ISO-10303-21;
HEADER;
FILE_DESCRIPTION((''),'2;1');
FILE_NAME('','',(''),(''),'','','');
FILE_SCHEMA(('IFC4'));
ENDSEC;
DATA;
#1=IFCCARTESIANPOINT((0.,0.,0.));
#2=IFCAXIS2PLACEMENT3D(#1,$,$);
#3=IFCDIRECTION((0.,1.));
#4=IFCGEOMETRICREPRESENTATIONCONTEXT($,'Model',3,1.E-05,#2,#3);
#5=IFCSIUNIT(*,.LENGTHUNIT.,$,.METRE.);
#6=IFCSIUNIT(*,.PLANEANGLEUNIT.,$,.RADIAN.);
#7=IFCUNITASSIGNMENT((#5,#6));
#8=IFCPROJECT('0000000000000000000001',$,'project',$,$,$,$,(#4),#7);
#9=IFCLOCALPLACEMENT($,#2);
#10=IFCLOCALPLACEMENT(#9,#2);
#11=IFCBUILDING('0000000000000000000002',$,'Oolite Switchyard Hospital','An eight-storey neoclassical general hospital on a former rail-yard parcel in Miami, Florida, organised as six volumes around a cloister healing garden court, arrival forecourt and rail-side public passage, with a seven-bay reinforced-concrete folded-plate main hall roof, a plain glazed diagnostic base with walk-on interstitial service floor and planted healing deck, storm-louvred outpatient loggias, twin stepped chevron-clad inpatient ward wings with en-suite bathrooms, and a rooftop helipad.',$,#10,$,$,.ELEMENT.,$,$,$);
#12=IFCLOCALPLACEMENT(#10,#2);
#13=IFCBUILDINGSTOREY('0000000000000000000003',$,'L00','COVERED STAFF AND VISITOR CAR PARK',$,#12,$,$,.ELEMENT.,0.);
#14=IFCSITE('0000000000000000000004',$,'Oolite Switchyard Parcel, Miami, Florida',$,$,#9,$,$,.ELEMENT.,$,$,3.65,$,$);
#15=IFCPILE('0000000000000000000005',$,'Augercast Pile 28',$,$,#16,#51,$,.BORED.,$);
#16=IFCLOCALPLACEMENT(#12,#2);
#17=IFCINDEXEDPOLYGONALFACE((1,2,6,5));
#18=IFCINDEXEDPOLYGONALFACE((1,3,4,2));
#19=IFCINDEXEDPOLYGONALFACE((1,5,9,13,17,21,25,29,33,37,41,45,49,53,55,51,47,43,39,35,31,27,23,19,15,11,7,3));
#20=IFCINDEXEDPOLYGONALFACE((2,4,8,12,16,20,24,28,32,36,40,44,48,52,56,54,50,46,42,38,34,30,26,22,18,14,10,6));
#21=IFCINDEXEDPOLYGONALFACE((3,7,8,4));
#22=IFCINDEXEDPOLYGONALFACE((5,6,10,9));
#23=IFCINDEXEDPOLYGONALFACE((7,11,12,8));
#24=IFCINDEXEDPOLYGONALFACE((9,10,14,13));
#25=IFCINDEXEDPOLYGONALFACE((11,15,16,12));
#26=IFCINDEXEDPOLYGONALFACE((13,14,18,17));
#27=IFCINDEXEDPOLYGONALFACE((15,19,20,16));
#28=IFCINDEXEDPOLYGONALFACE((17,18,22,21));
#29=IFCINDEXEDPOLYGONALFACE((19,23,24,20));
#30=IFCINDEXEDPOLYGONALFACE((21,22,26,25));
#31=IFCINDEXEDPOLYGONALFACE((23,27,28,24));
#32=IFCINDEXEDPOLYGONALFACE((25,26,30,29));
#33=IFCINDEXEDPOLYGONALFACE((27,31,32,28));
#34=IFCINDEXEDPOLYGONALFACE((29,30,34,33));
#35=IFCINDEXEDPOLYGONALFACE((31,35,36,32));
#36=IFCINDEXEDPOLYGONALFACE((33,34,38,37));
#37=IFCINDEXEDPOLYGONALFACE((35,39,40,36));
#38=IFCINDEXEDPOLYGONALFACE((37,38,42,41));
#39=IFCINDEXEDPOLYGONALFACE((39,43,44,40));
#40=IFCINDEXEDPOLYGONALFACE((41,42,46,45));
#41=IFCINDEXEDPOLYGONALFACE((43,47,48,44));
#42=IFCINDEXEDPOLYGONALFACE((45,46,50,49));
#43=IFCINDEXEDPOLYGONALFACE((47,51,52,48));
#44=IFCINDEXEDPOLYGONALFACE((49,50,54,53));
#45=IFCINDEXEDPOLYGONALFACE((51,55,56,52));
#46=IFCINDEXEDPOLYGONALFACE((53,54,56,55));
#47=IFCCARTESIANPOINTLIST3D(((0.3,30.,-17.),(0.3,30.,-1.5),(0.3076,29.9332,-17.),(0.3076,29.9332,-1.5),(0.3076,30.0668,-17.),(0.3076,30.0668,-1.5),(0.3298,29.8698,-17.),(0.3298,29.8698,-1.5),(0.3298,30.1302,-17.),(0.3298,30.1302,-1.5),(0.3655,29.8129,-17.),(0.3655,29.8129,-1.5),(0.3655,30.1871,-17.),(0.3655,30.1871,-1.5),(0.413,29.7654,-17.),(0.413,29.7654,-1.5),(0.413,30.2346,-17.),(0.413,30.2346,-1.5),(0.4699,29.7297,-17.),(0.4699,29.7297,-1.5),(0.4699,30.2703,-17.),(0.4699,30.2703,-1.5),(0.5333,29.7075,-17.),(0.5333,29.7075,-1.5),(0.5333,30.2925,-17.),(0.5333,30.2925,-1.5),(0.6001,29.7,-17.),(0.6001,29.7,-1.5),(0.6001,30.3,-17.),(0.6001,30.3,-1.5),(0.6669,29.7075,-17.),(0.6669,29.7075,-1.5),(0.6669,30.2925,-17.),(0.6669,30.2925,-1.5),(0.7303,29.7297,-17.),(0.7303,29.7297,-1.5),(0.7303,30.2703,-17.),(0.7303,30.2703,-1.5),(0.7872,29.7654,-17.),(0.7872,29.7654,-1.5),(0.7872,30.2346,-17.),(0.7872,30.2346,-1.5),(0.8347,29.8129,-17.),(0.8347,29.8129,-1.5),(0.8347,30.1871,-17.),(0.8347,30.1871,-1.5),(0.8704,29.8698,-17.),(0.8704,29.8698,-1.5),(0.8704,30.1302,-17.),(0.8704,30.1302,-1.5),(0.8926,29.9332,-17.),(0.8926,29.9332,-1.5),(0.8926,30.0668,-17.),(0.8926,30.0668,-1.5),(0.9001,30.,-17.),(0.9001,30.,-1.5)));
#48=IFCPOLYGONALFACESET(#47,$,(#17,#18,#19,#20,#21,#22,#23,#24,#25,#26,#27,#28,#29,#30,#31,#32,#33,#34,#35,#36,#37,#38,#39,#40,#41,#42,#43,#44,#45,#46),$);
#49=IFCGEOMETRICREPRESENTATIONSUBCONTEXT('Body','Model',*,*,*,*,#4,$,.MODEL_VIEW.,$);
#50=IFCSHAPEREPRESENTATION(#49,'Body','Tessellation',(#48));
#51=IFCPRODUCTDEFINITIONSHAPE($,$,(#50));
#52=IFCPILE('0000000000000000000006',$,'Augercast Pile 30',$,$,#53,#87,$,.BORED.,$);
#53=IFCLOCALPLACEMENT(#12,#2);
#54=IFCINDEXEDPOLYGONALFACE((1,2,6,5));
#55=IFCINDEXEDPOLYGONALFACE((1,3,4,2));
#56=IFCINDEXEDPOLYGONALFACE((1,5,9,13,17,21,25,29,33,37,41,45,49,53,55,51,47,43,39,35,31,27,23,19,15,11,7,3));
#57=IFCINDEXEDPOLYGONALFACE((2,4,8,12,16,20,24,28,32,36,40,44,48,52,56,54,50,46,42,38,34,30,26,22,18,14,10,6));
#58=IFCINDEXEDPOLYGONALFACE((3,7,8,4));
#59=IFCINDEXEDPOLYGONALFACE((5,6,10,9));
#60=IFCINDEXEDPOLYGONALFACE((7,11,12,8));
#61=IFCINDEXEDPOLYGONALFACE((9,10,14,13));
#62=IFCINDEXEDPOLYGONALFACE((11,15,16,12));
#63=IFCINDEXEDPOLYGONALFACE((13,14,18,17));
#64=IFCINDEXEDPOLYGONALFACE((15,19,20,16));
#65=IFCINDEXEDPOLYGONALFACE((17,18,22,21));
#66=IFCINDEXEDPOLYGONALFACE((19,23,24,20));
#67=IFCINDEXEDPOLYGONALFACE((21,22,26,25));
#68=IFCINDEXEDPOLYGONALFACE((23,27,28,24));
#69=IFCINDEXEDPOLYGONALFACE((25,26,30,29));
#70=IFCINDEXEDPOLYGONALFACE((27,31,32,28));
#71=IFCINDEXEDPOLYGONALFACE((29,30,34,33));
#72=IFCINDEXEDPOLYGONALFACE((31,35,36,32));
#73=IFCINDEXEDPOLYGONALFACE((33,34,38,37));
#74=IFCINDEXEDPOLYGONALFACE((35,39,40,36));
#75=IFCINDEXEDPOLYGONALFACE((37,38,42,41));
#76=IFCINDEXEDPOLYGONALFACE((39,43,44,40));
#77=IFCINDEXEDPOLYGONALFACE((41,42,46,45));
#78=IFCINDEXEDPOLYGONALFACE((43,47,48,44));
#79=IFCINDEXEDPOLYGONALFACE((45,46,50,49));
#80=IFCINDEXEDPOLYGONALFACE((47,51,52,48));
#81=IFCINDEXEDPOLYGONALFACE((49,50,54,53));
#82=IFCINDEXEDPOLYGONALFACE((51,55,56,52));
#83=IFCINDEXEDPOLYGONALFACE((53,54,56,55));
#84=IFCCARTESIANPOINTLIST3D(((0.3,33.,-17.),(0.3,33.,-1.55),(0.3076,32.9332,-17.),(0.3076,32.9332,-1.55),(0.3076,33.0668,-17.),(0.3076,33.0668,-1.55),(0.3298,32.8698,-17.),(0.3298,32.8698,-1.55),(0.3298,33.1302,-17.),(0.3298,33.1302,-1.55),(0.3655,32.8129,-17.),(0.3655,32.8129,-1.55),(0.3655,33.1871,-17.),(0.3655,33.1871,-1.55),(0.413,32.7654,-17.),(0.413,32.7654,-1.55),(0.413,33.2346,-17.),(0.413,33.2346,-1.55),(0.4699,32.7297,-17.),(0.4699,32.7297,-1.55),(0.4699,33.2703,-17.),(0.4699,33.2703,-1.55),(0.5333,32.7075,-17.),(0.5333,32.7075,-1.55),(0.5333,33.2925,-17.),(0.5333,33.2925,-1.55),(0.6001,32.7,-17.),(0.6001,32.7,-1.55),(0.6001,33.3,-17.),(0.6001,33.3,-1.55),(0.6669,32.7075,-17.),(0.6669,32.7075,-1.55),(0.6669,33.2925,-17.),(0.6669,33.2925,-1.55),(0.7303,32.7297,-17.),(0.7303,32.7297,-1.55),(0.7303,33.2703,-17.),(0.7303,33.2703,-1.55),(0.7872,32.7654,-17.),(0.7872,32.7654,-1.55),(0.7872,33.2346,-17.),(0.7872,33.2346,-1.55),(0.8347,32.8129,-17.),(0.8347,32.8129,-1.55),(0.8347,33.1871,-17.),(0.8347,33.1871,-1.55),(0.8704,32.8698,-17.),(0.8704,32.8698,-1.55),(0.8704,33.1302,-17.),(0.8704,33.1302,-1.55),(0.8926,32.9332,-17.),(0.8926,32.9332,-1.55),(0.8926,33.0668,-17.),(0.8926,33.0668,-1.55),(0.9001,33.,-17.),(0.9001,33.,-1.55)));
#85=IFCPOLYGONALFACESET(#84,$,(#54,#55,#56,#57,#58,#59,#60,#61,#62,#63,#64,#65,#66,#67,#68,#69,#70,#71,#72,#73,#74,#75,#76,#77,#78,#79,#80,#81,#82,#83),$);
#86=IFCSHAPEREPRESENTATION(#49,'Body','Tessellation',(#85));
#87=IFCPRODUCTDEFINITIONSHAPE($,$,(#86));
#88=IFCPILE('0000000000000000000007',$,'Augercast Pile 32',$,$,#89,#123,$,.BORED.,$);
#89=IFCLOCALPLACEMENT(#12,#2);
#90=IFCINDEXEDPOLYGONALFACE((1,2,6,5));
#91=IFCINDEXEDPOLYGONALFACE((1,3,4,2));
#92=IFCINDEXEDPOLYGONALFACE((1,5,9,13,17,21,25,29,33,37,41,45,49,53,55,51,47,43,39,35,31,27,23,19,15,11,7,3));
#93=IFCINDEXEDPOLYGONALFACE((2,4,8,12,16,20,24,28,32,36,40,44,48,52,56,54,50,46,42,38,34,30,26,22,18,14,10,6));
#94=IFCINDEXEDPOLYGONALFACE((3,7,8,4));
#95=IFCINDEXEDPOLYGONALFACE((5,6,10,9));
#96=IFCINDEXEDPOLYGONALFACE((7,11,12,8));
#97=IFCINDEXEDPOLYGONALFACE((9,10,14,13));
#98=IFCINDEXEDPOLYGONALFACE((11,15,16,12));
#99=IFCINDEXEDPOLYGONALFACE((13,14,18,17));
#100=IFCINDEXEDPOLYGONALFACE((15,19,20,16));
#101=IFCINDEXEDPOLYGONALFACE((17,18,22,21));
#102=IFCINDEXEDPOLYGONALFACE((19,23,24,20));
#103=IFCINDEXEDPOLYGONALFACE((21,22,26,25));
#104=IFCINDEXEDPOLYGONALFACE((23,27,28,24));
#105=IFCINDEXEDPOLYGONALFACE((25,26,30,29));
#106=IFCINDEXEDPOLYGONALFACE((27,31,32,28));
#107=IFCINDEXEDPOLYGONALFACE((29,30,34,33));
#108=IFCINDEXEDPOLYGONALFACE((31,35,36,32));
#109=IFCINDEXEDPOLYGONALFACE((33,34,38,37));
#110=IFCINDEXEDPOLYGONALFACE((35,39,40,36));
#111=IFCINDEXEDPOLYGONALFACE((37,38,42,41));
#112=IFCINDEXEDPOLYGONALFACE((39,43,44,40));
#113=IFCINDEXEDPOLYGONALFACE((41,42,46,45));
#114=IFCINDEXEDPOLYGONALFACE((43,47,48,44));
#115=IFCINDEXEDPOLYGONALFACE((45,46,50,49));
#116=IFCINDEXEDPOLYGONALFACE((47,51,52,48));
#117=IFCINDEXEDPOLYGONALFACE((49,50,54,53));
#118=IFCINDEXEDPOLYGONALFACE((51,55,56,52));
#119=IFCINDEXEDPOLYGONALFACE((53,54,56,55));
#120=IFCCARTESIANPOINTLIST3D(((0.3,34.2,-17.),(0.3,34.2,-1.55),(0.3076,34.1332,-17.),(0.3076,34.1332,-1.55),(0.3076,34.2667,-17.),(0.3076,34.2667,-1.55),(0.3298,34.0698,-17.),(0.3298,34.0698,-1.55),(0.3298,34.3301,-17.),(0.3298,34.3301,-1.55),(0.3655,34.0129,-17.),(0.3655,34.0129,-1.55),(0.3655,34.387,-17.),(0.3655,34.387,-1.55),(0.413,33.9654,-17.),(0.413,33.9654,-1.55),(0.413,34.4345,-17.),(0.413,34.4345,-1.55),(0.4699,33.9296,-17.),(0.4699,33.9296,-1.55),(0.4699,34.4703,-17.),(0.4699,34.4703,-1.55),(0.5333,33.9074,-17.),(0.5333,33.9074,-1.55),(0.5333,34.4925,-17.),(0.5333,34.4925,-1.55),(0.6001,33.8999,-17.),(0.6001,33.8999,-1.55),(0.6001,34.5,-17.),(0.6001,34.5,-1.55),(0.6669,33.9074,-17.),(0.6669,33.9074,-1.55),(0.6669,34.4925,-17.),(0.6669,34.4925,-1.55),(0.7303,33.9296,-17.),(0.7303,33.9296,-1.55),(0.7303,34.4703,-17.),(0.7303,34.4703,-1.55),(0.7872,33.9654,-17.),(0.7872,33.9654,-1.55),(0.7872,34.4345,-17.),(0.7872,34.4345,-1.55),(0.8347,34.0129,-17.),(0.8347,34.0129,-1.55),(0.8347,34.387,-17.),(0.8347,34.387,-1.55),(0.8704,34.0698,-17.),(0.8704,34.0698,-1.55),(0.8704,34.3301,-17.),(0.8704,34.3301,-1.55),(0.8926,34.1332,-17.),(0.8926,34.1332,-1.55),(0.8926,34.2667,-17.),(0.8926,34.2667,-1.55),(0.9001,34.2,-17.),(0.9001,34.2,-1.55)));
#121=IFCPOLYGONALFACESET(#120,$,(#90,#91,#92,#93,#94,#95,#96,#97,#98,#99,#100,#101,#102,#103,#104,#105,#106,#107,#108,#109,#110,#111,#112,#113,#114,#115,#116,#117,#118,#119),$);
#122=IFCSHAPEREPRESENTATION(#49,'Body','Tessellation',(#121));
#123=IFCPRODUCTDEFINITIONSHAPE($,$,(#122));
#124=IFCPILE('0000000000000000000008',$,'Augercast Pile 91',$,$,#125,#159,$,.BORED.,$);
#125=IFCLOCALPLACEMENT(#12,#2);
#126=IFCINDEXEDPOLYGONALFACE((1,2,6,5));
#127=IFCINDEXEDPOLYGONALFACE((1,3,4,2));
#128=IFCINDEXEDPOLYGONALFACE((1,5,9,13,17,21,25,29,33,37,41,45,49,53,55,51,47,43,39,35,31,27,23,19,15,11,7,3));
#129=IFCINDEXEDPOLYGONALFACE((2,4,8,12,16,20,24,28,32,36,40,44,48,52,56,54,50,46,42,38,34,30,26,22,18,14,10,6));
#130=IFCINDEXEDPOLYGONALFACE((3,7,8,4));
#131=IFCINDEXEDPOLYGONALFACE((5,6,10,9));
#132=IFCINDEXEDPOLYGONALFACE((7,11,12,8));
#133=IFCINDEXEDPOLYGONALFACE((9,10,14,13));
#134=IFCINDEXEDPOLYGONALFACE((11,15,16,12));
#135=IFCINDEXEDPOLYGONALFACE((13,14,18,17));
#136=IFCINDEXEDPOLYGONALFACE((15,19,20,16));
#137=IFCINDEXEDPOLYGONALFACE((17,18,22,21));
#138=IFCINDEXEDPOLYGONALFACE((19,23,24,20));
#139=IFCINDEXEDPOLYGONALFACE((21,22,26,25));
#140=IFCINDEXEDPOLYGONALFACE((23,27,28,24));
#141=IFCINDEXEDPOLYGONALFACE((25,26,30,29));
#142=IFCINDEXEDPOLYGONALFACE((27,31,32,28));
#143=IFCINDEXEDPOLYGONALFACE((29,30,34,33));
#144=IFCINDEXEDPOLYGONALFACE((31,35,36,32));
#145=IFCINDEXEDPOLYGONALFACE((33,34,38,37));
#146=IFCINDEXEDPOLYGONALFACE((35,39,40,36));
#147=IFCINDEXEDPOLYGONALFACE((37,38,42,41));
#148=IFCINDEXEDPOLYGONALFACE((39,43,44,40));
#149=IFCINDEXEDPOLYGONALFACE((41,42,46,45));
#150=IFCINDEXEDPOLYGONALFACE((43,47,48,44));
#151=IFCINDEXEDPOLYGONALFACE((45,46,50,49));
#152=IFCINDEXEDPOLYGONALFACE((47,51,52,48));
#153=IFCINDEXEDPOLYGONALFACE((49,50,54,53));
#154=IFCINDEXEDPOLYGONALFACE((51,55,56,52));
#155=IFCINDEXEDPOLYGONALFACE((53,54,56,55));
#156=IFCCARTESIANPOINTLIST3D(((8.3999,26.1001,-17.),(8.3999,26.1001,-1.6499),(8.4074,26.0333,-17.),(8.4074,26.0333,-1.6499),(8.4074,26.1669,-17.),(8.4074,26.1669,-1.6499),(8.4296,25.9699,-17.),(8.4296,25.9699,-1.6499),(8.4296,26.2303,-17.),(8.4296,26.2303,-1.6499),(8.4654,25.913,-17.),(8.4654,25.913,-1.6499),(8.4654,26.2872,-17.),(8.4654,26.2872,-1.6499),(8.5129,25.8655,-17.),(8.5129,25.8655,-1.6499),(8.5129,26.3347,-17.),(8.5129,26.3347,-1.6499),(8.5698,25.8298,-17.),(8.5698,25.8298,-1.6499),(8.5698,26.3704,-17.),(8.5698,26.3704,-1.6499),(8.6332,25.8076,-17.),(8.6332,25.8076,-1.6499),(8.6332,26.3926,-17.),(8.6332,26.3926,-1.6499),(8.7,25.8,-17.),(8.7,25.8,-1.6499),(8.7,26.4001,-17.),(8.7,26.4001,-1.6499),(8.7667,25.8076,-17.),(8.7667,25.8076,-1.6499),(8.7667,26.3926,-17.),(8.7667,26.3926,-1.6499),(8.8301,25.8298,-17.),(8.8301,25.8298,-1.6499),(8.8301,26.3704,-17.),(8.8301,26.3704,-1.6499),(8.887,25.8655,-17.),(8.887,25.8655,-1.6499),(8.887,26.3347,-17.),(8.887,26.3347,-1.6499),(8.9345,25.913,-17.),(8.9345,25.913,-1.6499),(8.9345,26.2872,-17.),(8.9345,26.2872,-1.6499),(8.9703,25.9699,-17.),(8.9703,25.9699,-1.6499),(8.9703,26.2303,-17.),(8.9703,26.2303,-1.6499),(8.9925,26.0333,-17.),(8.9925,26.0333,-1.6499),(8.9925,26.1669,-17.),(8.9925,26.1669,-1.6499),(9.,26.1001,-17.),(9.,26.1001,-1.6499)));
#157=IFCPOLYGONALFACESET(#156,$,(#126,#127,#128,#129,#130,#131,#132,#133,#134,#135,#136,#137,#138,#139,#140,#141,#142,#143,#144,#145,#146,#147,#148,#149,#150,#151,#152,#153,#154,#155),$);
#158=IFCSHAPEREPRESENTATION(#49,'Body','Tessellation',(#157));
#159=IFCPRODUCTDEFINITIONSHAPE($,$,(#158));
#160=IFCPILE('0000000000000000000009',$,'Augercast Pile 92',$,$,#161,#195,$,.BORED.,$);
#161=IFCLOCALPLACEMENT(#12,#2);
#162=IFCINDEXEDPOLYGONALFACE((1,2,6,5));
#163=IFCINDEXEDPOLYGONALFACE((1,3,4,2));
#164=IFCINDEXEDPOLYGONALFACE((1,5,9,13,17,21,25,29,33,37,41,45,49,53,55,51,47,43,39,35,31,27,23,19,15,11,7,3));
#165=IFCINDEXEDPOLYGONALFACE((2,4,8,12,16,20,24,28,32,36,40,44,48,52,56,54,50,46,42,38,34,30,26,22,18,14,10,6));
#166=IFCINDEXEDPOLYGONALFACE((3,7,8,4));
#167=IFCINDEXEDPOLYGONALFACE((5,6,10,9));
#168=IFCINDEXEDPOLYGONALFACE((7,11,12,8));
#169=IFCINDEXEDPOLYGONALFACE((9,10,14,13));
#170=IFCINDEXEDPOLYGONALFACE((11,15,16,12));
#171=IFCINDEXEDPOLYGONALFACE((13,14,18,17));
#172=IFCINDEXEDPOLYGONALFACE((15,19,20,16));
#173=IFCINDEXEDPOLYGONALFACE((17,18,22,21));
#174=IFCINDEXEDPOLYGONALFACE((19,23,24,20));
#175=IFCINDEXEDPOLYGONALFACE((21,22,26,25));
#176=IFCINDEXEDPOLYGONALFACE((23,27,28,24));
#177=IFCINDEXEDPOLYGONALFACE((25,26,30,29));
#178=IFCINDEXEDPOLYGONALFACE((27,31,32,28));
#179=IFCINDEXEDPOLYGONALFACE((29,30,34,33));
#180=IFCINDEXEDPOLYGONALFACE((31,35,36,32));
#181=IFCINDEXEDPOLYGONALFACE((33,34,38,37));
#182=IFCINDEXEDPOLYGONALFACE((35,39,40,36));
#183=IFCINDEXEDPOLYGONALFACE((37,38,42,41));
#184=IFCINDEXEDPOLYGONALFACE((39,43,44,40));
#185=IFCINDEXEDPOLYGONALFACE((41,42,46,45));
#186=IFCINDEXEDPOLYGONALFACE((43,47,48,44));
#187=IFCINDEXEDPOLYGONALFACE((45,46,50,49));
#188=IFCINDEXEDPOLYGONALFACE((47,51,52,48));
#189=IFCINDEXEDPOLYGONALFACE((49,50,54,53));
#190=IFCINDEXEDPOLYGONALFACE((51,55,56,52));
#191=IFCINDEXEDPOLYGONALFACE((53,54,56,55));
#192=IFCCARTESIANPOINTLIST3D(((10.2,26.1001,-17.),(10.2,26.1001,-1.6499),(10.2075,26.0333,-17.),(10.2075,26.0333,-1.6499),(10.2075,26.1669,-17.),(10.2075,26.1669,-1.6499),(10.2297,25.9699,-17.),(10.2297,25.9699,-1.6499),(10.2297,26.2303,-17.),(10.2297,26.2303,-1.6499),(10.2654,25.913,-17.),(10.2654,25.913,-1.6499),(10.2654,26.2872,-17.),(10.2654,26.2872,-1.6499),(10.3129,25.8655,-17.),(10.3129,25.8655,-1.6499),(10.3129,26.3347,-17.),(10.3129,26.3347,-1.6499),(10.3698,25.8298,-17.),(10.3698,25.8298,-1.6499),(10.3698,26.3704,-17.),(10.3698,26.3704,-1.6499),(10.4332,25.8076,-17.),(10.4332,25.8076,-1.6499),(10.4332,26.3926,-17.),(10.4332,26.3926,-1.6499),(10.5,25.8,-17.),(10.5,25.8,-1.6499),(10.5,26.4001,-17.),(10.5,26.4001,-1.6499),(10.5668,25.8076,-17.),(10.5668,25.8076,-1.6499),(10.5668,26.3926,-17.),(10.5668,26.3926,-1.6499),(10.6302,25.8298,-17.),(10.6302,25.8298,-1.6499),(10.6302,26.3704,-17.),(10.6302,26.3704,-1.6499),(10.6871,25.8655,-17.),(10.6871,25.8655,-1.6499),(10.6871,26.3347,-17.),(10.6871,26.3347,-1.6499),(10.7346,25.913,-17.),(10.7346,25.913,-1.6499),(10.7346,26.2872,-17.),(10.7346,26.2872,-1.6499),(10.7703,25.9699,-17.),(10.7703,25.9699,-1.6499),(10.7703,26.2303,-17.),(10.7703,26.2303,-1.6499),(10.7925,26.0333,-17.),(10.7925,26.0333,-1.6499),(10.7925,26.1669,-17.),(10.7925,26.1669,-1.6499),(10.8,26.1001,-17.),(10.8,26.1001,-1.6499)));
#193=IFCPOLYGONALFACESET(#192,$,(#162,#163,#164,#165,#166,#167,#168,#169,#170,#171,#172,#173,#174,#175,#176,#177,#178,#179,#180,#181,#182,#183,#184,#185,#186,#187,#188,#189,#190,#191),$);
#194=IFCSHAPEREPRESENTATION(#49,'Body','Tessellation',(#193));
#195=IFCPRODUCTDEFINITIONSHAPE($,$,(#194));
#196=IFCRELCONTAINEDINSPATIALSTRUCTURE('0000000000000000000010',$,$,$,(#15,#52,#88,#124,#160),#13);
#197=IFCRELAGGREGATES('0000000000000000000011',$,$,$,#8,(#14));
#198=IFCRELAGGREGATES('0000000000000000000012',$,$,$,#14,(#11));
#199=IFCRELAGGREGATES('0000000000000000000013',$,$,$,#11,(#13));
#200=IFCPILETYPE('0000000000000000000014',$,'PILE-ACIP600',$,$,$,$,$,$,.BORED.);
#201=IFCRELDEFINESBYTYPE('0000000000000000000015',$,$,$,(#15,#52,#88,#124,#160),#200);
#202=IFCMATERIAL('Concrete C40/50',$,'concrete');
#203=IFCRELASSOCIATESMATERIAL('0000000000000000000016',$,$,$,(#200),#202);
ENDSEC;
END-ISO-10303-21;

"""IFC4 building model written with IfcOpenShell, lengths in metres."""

from ifc_helpers import new_model, si_unit, direction, frame, origin, origin_2d, place, context, subcontext, project, spatial, circle, extrude, material, material_profile, profile_set, type_object, element, save


model = new_model("IFC4")

# Units and contexts
model_context = context("Model", 3, precision=1e-05, world=origin(), true_north=direction((0.0, 1.0)))
body_context = subcontext(model_context, "Body", "Model", "MODEL_VIEW")
ifc_project = project(units=[si_unit("LENGTHUNIT", "METRE"), si_unit("PLANEANGLEUNIT", "RADIAN")], contexts=[model_context])

# Site, building, storey
site_placement = place(None, origin())
site = spatial("IfcSite", under=ifc_project, at=site_placement, Name="Oolite Switchyard Parcel, Miami, Florida", CompositionType="ELEMENT", RefElevation=3.65)
building_placement = place(site_placement, origin())
building = spatial("IfcBuilding", under=site, at=building_placement, Name="Oolite Switchyard Hospital", Description="An eight-storey neoclassical general hospital on a former rail-yard parcel in Miami, Florida, organised as six volumes around a cloister healing garden court, arrival forecourt and rail-side public passage, with a seven-bay reinforced-concrete folded-plate main hall roof, a plain glazed diagnostic base with walk-on interstitial service floor and planted healing deck, storm-louvred outpatient loggias, twin stepped chevron-clad inpatient ward wings with en-suite bathrooms, and a rooftop helipad.", CompositionType="ELEMENT")
storey_placement = place(building_placement, origin())
storey = spatial("IfcBuildingStorey", under=building, at=storey_placement, Name="L00", Description="COVERED STAFF AND VISITOR CAR PARK", CompositionType="ELEMENT", Elevation=0.0)

# Shared definitions
ifc_material_1 = material(Name="Concrete C40/50", Category="concrete")

# Piles
ifc_material_profile_1 = material_profile(ifc_material_1, circle(Radius=0.3, at=origin_2d()), Name="PILE600")
ifc_profile_set_1 = profile_set([ifc_material_profile_1], Name="Concrete C40/50")
pile_type = type_object("IfcPileType", Name="PILE-ACIP600", PredefinedType="BORED", material=ifc_profile_set_1)
for number, where, z_axis, x_axis, name in (
    (1, (0.6001, 30.0, -1.5), (0.0, 0.0, -1.0), (1.0, 0.0, 0.0), "Augercast Pile 28"),
):
    element("IfcPile", number, at=place(storey_placement, frame(where, z_axis=z_axis, x_axis=x_axis)), inside=storey, type_object=pile_type, Name=name, PredefinedType="BORED", context=body_context, shape_type="SweptSolid", body=[
        extrude(circle(Radius=0.3, at=origin_2d()), origin(), (0.0, 0.0, 1.0), 15.5),
    ])
for number, where, z_axis, x_axis, name in (
    (2, (0.6001, 33.0, -1.55), (0.0, 0.0, -1.0), (1.0, 0.0, 0.0), "Augercast Pile 30"),
    (3, (0.6001, 34.2, -1.55), (0.0, 0.0, -1.0), (1.0, 0.0, 0.0), "Augercast Pile 32"),
):
    element("IfcPile", number, at=place(storey_placement, frame(where, z_axis=z_axis, x_axis=x_axis)), inside=storey, type_object=pile_type, Name=name, PredefinedType="BORED", context=body_context, shape_type="SweptSolid", body=[
        extrude(circle(Radius=0.3, at=origin_2d()), origin(), (0.0, 0.0, 1.0), 15.45),
    ])
for number, where, z_axis, x_axis, name in (
    (4, (8.7, 26.1001, -1.6499), (0.0, 0.0, -1.0), (1.0, 0.0, 0.0), "Augercast Pile 91"),
    (5, (10.5, 26.1001, -1.6499), (0.0, 0.0, -1.0), (1.0, 0.0, 0.0), "Augercast Pile 92"),
):
    element("IfcPile", number, at=place(storey_placement, frame(where, z_axis=z_axis, x_axis=x_axis)), inside=storey, type_object=pile_type, Name=name, PredefinedType="BORED", context=body_context, shape_type="SweptSolid", body=[
        extrude(circle(Radius=0.3, at=origin_2d()), origin(), (0.0, 0.0, 1.0), 15.3501),
    ])

save(model, "model.ifc")
